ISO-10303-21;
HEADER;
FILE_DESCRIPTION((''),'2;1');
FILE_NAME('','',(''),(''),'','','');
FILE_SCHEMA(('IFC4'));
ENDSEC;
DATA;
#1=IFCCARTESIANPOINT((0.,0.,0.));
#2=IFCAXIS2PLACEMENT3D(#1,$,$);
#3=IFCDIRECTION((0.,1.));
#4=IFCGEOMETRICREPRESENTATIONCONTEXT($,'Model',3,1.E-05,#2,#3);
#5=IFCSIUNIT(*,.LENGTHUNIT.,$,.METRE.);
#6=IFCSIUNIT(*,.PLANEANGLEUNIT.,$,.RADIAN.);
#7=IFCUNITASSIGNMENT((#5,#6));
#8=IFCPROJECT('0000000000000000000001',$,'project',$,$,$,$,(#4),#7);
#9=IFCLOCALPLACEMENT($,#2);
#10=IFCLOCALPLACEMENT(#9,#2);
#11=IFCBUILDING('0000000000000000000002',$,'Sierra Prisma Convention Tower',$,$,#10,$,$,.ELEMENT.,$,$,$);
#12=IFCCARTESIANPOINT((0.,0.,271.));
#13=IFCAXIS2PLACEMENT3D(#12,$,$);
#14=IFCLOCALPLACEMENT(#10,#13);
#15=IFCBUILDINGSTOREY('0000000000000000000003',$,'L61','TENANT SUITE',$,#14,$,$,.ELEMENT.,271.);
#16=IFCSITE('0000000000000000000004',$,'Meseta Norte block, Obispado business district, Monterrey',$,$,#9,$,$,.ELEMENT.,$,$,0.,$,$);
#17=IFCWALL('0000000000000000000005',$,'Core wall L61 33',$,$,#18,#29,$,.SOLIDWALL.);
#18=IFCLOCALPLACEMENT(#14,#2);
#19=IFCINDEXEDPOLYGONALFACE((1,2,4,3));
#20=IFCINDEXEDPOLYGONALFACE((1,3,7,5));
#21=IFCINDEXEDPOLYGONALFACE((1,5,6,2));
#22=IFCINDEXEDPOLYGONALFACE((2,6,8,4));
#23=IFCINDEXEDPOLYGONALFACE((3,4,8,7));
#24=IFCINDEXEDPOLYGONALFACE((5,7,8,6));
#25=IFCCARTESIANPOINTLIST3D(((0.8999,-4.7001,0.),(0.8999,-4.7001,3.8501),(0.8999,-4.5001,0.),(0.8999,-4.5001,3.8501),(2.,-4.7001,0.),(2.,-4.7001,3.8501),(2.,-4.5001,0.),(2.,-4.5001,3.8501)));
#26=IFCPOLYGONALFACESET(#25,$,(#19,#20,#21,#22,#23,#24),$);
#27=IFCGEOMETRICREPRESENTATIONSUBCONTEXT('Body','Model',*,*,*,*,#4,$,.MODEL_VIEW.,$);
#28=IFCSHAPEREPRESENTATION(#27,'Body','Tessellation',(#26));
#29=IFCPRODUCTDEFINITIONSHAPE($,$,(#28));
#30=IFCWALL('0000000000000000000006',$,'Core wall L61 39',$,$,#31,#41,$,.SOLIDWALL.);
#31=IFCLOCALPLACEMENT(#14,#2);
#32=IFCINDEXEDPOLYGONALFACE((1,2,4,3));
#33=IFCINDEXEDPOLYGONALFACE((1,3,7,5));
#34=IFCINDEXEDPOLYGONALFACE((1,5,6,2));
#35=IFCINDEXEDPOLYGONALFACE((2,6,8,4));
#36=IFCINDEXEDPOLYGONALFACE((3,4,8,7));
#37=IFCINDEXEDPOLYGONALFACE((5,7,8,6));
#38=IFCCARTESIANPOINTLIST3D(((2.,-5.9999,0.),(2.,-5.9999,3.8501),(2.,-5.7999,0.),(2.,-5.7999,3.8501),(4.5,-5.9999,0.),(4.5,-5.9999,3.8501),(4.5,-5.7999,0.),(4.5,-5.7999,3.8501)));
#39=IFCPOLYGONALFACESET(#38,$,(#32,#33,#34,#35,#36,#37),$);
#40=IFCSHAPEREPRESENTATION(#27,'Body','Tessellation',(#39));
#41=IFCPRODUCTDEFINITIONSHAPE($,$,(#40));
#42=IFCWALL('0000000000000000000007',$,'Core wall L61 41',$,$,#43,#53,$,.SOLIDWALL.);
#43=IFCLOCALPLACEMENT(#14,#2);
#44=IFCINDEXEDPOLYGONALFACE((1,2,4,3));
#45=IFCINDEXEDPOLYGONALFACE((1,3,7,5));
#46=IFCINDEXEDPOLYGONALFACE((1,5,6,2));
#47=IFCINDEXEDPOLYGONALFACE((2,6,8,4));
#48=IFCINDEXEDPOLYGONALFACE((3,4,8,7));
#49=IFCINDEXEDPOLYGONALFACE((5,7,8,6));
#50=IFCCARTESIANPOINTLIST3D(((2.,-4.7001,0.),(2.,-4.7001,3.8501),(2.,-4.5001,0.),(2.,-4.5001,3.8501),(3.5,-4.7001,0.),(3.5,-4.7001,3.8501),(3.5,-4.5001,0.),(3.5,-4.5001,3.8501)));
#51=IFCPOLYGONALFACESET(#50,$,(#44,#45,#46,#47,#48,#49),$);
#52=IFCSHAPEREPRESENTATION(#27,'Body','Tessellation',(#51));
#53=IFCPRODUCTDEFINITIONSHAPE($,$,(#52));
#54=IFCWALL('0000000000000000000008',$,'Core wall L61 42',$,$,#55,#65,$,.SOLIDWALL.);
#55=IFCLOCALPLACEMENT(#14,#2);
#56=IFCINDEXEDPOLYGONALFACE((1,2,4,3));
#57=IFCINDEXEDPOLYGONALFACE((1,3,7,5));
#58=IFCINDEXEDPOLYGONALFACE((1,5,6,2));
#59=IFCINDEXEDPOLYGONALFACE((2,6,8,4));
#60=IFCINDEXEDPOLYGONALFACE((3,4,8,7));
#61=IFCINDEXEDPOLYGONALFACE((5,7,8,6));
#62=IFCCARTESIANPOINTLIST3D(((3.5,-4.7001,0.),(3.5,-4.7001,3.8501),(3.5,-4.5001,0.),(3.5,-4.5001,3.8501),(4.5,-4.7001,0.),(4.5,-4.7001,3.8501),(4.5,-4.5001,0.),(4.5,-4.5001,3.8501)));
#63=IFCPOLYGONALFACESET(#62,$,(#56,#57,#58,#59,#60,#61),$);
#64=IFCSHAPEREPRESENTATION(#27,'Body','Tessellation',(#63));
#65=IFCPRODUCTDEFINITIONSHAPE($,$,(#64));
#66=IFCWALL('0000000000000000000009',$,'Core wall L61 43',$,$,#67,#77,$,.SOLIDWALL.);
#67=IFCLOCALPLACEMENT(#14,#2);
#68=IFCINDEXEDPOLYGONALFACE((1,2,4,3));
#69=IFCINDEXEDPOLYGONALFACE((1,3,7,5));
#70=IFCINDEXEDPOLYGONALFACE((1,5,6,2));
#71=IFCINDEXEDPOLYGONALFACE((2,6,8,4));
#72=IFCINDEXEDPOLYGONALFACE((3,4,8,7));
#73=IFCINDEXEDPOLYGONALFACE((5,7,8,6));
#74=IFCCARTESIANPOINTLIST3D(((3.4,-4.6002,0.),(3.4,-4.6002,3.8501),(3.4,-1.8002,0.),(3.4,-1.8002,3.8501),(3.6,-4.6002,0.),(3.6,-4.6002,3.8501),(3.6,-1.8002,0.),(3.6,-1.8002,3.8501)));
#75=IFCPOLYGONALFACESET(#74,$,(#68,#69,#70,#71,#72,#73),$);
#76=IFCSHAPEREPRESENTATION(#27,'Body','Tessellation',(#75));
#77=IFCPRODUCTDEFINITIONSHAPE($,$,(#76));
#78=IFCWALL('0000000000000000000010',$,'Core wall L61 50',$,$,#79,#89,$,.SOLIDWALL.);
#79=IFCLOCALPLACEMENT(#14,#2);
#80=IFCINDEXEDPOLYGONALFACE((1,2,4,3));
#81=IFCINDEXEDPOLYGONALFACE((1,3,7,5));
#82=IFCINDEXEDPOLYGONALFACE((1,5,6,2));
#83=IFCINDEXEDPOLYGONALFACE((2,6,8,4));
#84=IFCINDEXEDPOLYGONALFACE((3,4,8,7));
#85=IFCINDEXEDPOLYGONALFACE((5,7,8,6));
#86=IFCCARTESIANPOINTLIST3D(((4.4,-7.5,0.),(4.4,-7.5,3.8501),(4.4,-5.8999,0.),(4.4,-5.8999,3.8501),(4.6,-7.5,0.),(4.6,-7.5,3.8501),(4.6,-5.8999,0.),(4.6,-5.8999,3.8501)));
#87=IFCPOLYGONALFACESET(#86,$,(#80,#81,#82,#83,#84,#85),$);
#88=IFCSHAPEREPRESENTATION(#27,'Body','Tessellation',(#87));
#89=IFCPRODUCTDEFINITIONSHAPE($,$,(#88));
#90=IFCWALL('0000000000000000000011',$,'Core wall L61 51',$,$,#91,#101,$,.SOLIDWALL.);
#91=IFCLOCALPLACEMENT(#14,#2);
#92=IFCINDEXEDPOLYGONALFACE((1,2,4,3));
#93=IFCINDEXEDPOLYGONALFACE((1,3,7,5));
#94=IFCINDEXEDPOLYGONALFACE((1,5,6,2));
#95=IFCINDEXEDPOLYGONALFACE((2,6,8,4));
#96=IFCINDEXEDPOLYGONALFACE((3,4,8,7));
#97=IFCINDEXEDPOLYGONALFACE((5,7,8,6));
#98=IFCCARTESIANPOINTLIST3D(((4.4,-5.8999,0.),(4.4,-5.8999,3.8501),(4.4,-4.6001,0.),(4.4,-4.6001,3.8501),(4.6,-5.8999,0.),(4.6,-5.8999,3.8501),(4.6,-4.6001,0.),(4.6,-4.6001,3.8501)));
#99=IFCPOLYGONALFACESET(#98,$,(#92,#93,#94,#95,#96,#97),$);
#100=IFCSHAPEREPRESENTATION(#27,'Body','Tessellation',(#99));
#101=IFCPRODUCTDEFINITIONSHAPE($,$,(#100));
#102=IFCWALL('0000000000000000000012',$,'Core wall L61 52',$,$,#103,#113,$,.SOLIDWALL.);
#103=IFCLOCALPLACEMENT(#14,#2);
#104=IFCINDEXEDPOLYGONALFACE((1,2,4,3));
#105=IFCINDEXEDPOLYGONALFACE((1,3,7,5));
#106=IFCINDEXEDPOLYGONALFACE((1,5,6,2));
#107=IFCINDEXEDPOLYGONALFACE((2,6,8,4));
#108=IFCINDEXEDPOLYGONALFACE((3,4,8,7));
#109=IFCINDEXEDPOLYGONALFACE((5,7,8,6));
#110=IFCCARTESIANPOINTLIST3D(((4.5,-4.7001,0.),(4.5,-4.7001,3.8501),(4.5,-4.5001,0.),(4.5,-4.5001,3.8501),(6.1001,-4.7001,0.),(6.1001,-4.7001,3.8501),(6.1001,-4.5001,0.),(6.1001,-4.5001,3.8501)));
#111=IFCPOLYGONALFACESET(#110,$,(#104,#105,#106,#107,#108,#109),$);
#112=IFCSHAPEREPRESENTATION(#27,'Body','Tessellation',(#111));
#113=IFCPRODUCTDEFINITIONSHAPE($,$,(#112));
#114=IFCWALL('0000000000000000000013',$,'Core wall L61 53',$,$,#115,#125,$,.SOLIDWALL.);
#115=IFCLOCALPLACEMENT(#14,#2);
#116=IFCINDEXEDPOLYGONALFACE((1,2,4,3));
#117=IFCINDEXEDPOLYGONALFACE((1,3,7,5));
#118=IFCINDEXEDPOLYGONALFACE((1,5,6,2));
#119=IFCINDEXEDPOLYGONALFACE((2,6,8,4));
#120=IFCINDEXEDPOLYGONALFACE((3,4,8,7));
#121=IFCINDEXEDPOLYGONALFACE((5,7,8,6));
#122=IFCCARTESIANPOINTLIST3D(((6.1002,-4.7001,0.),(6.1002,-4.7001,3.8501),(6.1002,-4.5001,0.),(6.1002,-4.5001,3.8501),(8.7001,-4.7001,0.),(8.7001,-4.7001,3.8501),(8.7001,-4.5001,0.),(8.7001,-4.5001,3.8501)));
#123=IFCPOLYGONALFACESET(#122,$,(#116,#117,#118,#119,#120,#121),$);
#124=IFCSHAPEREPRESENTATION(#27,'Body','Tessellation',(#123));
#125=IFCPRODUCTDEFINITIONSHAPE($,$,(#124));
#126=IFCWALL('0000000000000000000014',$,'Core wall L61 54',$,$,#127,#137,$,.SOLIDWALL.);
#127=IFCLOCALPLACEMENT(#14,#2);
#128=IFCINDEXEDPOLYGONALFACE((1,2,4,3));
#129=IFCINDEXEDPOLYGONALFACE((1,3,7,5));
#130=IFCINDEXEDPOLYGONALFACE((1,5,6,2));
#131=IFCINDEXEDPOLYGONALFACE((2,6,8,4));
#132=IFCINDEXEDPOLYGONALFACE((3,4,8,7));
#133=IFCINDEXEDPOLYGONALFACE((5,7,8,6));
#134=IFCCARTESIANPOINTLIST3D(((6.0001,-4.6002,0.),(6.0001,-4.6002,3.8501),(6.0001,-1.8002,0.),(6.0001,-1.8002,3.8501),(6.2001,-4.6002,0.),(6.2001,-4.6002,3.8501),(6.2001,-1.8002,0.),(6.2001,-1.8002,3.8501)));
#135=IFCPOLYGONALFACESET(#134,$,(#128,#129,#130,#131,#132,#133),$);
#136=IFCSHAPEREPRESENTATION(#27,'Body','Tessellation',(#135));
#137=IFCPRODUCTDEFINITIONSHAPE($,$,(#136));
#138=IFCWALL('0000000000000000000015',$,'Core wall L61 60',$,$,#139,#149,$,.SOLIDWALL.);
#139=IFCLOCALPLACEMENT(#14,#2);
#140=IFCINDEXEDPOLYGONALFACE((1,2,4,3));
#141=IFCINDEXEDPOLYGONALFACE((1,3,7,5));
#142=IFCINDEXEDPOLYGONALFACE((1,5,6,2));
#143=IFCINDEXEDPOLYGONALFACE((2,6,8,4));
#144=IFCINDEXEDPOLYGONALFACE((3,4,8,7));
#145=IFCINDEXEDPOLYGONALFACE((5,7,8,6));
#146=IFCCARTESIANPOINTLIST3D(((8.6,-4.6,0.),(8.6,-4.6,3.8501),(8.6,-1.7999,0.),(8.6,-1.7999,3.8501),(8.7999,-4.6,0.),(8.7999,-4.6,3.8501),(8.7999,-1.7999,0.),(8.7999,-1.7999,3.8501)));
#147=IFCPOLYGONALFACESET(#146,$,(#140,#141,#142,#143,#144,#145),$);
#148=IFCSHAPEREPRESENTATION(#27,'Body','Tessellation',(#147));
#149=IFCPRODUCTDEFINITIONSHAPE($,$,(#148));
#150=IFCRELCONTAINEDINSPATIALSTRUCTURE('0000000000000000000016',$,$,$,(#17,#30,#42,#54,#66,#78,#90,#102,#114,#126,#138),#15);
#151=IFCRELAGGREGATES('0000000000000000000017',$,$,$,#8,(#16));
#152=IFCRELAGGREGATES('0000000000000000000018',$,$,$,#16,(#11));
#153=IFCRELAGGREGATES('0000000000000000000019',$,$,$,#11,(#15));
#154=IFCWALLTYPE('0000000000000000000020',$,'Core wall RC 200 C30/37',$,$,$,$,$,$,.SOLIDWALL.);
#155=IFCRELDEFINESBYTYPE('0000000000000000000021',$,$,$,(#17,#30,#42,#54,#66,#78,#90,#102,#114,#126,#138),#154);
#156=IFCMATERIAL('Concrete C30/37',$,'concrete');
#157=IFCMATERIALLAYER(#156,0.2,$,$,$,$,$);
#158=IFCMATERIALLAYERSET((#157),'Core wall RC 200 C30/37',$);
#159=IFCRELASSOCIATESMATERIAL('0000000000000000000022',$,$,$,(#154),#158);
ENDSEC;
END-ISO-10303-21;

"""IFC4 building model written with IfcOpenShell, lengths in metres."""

from ifc_helpers import new_model, si_unit, direction, frame, frame_2d, origin, place, context, subcontext, project, spatial, rectangle, extrude, material, layer, layer_set, type_object, element, save


model = new_model("IFC4")

# Units and contexts
model_context = context("Model", 3, precision=1e-05, world=origin(), true_north=direction((0.0, 1.0)))
body_context = subcontext(model_context, "Body", "Model", "MODEL_VIEW")
ifc_project = project(units=[si_unit("LENGTHUNIT", "METRE"), si_unit("PLANEANGLEUNIT", "RADIAN")], contexts=[model_context])

# Site, building, storey
site_placement = place(None, origin())
site = spatial("IfcSite", under=ifc_project, at=site_placement, Name="Meseta Norte block, Obispado business district, Monterrey", CompositionType="ELEMENT", RefElevation=0.0)
building_placement = place(site_placement, origin())
building = spatial("IfcBuilding", under=site, at=building_placement, Name="Sierra Prisma Convention Tower", CompositionType="ELEMENT")
storey_placement = place(building_placement, frame((0.0, 0.0, 271.0)))
storey = spatial("IfcBuildingStorey", under=building, at=storey_placement, Name="L61", Description="TENANT SUITE", CompositionType="ELEMENT", Elevation=271.0)

# Shared definitions
ifc_material_1 = material(Name="Concrete C30/37", Category="concrete")
ifc_layer_1 = layer(ifc_material_1, 0.2)
ifc_layer_set_1 = layer_set([ifc_layer_1], Name="Core wall RC 200 C30/37")
wall_type = type_object("IfcWallType", Name="Core wall RC 200 C30/37", PredefinedType="SOLIDWALL", material=ifc_layer_set_1)

# Walls
wall_1_placement = place(storey_placement, frame((0.8999, -4.6001, 0.0), z_axis=(0.0, 0.0, 1.0), x_axis=(1.0, 0.0, 0.0)))
element("IfcWall", 1, at=wall_1_placement, inside=storey, type_object=wall_type, Name="Core wall L61 33", PredefinedType="SOLIDWALL", context=body_context, shape_type="SweptSolid", body=[
    extrude(rectangle(XDim=1.1001, YDim=0.2, at=frame_2d((0.55, 0.0))), origin(), (0.0, 0.0, 1.0), 3.8501),
])
wall_2_placement = place(storey_placement, frame((4.5, -5.8999, 0.0), z_axis=(0.0, 0.0, 1.0), x_axis=(-1.0, 0.0, 0.0)))
element("IfcWall", 2, at=wall_2_placement, inside=storey, type_object=wall_type, Name="Core wall L61 39", PredefinedType="SOLIDWALL", context=body_context, shape_type="SweptSolid", body=[
    extrude(rectangle(XDim=2.5, YDim=0.2, at=frame_2d((1.25, 0.0))), origin(), (0.0, 0.0, 1.0), 3.8501),
])

# Walls
wall_3_placement = place(storey_placement, frame((3.5, -4.6001, 0.0), z_axis=(0.0, 0.0, 1.0), x_axis=(-1.0, 0.0, 0.0)))
element("IfcWall", 3, at=wall_3_placement, inside=storey, type_object=wall_type, Name="Core wall L61 41", PredefinedType="SOLIDWALL", context=body_context, shape_type="SweptSolid", body=[
    extrude(rectangle(XDim=1.5, YDim=0.2, at=frame_2d((0.75, 0.0))), origin(), (0.0, 0.0, 1.0), 3.8501),
])
wall_4_placement = place(storey_placement, frame((4.5, -4.6001, 0.0), z_axis=(0.0, 0.0, 1.0), x_axis=(-1.0, 0.0, 0.0)))
element("IfcWall", 4, at=wall_4_placement, inside=storey, type_object=wall_type, Name="Core wall L61 42", PredefinedType="SOLIDWALL", context=body_context, shape_type="SweptSolid", body=[
    extrude(rectangle(XDim=1.0, YDim=0.2, at=frame_2d((0.5, 0.0))), origin(), (0.0, 0.0, 1.0), 3.8501),
])
wall_5_placement = place(storey_placement, frame((3.5, -4.6001, 0.0), z_axis=(0.0, 0.0, 1.0), x_axis=(0.0, 1.0, 0.0)))
element("IfcWall", 5, at=wall_5_placement, inside=storey, type_object=wall_type, Name="Core wall L61 43", PredefinedType="SOLIDWALL", context=body_context, shape_type="SweptSolid", body=[
    extrude(rectangle(XDim=2.8, YDim=0.2, at=frame_2d((1.3999, 0.0))), origin(), (0.0, 0.0, 1.0), 3.8501),
])

# Walls
wall_6_placement = place(storey_placement, frame((4.5, -5.8999, 0.0), z_axis=(0.0, 0.0, 1.0), x_axis=(0.0, -1.0, 0.0)))
element("IfcWall", 6, at=wall_6_placement, inside=storey, type_object=wall_type, Name="Core wall L61 50", PredefinedType="SOLIDWALL", context=body_context, shape_type="SweptSolid", body=[
    extrude(rectangle(XDim=1.6001, YDim=0.2, at=frame_2d((0.8, 0.0))), origin(), (0.0, 0.0, 1.0), 3.8501),
])
wall_7_placement = place(storey_placement, frame((4.5, -4.6001, 0.0), z_axis=(0.0, 0.0, 1.0), x_axis=(0.0, -1.0, 0.0)))
element("IfcWall", 7, at=wall_7_placement, inside=storey, type_object=wall_type, Name="Core wall L61 51", PredefinedType="SOLIDWALL", context=body_context, shape_type="SweptSolid", body=[
    extrude(rectangle(XDim=1.2998, YDim=0.2, at=frame_2d((0.6499, 0.0))), origin(), (0.0, 0.0, 1.0), 3.8501),
])
wall_8_placement = place(storey_placement, frame((6.1001, -4.6001, 0.0), z_axis=(0.0, 0.0, 1.0), x_axis=(-1.0, 0.0, 0.0)))
element("IfcWall", 8, at=wall_8_placement, inside=storey, type_object=wall_type, Name="Core wall L61 52", PredefinedType="SOLIDWALL", context=body_context, shape_type="SweptSolid", body=[
    extrude(rectangle(XDim=1.6001, YDim=0.2, at=frame_2d((0.8, 0.0))), origin(), (0.0, 0.0, 1.0), 3.8501),
])
wall_9_placement = place(storey_placement, frame((8.7, -4.6001, 0.0), z_axis=(0.0, 0.0, 1.0), x_axis=(-1.0, 0.0, 0.0)))
element("IfcWall", 9, at=wall_9_placement, inside=storey, type_object=wall_type, Name="Core wall L61 53", PredefinedType="SOLIDWALL", context=body_context, shape_type="SweptSolid", body=[
    extrude(rectangle(XDim=2.5999, YDim=0.2, at=frame_2d((1.2998, 0.0))), origin(), (0.0, 0.0, 1.0), 3.8501),
])
wall_10_placement = place(storey_placement, frame((6.1001, -4.6001, 0.0), z_axis=(0.0, 0.0, 1.0), x_axis=(0.0, 1.0, 0.0)))
element("IfcWall", 10, at=wall_10_placement, inside=storey, type_object=wall_type, Name="Core wall L61 54", PredefinedType="SOLIDWALL", context=body_context, shape_type="SweptSolid", body=[
    extrude(rectangle(XDim=2.8, YDim=0.2, at=frame_2d((1.3999, 0.0))), origin(), (0.0, 0.0, 1.0), 3.8501),
])

# Wall
wall_11_placement = place(storey_placement, frame((8.7, -1.8, 0.0), z_axis=(0.0, 0.0, 1.0), x_axis=(0.0, -1.0, 0.0)))
element("IfcWall", 11, at=wall_11_placement, inside=storey, type_object=wall_type, Name="Core wall L61 60", PredefinedType="SOLIDWALL", context=body_context, shape_type="SweptSolid", body=[
    extrude(rectangle(XDim=2.8, YDim=0.2, at=frame_2d((1.3999, 0.0))), origin(), (0.0, 0.0, 1.0), 3.8501),
])

save(model, "model.ifc")
